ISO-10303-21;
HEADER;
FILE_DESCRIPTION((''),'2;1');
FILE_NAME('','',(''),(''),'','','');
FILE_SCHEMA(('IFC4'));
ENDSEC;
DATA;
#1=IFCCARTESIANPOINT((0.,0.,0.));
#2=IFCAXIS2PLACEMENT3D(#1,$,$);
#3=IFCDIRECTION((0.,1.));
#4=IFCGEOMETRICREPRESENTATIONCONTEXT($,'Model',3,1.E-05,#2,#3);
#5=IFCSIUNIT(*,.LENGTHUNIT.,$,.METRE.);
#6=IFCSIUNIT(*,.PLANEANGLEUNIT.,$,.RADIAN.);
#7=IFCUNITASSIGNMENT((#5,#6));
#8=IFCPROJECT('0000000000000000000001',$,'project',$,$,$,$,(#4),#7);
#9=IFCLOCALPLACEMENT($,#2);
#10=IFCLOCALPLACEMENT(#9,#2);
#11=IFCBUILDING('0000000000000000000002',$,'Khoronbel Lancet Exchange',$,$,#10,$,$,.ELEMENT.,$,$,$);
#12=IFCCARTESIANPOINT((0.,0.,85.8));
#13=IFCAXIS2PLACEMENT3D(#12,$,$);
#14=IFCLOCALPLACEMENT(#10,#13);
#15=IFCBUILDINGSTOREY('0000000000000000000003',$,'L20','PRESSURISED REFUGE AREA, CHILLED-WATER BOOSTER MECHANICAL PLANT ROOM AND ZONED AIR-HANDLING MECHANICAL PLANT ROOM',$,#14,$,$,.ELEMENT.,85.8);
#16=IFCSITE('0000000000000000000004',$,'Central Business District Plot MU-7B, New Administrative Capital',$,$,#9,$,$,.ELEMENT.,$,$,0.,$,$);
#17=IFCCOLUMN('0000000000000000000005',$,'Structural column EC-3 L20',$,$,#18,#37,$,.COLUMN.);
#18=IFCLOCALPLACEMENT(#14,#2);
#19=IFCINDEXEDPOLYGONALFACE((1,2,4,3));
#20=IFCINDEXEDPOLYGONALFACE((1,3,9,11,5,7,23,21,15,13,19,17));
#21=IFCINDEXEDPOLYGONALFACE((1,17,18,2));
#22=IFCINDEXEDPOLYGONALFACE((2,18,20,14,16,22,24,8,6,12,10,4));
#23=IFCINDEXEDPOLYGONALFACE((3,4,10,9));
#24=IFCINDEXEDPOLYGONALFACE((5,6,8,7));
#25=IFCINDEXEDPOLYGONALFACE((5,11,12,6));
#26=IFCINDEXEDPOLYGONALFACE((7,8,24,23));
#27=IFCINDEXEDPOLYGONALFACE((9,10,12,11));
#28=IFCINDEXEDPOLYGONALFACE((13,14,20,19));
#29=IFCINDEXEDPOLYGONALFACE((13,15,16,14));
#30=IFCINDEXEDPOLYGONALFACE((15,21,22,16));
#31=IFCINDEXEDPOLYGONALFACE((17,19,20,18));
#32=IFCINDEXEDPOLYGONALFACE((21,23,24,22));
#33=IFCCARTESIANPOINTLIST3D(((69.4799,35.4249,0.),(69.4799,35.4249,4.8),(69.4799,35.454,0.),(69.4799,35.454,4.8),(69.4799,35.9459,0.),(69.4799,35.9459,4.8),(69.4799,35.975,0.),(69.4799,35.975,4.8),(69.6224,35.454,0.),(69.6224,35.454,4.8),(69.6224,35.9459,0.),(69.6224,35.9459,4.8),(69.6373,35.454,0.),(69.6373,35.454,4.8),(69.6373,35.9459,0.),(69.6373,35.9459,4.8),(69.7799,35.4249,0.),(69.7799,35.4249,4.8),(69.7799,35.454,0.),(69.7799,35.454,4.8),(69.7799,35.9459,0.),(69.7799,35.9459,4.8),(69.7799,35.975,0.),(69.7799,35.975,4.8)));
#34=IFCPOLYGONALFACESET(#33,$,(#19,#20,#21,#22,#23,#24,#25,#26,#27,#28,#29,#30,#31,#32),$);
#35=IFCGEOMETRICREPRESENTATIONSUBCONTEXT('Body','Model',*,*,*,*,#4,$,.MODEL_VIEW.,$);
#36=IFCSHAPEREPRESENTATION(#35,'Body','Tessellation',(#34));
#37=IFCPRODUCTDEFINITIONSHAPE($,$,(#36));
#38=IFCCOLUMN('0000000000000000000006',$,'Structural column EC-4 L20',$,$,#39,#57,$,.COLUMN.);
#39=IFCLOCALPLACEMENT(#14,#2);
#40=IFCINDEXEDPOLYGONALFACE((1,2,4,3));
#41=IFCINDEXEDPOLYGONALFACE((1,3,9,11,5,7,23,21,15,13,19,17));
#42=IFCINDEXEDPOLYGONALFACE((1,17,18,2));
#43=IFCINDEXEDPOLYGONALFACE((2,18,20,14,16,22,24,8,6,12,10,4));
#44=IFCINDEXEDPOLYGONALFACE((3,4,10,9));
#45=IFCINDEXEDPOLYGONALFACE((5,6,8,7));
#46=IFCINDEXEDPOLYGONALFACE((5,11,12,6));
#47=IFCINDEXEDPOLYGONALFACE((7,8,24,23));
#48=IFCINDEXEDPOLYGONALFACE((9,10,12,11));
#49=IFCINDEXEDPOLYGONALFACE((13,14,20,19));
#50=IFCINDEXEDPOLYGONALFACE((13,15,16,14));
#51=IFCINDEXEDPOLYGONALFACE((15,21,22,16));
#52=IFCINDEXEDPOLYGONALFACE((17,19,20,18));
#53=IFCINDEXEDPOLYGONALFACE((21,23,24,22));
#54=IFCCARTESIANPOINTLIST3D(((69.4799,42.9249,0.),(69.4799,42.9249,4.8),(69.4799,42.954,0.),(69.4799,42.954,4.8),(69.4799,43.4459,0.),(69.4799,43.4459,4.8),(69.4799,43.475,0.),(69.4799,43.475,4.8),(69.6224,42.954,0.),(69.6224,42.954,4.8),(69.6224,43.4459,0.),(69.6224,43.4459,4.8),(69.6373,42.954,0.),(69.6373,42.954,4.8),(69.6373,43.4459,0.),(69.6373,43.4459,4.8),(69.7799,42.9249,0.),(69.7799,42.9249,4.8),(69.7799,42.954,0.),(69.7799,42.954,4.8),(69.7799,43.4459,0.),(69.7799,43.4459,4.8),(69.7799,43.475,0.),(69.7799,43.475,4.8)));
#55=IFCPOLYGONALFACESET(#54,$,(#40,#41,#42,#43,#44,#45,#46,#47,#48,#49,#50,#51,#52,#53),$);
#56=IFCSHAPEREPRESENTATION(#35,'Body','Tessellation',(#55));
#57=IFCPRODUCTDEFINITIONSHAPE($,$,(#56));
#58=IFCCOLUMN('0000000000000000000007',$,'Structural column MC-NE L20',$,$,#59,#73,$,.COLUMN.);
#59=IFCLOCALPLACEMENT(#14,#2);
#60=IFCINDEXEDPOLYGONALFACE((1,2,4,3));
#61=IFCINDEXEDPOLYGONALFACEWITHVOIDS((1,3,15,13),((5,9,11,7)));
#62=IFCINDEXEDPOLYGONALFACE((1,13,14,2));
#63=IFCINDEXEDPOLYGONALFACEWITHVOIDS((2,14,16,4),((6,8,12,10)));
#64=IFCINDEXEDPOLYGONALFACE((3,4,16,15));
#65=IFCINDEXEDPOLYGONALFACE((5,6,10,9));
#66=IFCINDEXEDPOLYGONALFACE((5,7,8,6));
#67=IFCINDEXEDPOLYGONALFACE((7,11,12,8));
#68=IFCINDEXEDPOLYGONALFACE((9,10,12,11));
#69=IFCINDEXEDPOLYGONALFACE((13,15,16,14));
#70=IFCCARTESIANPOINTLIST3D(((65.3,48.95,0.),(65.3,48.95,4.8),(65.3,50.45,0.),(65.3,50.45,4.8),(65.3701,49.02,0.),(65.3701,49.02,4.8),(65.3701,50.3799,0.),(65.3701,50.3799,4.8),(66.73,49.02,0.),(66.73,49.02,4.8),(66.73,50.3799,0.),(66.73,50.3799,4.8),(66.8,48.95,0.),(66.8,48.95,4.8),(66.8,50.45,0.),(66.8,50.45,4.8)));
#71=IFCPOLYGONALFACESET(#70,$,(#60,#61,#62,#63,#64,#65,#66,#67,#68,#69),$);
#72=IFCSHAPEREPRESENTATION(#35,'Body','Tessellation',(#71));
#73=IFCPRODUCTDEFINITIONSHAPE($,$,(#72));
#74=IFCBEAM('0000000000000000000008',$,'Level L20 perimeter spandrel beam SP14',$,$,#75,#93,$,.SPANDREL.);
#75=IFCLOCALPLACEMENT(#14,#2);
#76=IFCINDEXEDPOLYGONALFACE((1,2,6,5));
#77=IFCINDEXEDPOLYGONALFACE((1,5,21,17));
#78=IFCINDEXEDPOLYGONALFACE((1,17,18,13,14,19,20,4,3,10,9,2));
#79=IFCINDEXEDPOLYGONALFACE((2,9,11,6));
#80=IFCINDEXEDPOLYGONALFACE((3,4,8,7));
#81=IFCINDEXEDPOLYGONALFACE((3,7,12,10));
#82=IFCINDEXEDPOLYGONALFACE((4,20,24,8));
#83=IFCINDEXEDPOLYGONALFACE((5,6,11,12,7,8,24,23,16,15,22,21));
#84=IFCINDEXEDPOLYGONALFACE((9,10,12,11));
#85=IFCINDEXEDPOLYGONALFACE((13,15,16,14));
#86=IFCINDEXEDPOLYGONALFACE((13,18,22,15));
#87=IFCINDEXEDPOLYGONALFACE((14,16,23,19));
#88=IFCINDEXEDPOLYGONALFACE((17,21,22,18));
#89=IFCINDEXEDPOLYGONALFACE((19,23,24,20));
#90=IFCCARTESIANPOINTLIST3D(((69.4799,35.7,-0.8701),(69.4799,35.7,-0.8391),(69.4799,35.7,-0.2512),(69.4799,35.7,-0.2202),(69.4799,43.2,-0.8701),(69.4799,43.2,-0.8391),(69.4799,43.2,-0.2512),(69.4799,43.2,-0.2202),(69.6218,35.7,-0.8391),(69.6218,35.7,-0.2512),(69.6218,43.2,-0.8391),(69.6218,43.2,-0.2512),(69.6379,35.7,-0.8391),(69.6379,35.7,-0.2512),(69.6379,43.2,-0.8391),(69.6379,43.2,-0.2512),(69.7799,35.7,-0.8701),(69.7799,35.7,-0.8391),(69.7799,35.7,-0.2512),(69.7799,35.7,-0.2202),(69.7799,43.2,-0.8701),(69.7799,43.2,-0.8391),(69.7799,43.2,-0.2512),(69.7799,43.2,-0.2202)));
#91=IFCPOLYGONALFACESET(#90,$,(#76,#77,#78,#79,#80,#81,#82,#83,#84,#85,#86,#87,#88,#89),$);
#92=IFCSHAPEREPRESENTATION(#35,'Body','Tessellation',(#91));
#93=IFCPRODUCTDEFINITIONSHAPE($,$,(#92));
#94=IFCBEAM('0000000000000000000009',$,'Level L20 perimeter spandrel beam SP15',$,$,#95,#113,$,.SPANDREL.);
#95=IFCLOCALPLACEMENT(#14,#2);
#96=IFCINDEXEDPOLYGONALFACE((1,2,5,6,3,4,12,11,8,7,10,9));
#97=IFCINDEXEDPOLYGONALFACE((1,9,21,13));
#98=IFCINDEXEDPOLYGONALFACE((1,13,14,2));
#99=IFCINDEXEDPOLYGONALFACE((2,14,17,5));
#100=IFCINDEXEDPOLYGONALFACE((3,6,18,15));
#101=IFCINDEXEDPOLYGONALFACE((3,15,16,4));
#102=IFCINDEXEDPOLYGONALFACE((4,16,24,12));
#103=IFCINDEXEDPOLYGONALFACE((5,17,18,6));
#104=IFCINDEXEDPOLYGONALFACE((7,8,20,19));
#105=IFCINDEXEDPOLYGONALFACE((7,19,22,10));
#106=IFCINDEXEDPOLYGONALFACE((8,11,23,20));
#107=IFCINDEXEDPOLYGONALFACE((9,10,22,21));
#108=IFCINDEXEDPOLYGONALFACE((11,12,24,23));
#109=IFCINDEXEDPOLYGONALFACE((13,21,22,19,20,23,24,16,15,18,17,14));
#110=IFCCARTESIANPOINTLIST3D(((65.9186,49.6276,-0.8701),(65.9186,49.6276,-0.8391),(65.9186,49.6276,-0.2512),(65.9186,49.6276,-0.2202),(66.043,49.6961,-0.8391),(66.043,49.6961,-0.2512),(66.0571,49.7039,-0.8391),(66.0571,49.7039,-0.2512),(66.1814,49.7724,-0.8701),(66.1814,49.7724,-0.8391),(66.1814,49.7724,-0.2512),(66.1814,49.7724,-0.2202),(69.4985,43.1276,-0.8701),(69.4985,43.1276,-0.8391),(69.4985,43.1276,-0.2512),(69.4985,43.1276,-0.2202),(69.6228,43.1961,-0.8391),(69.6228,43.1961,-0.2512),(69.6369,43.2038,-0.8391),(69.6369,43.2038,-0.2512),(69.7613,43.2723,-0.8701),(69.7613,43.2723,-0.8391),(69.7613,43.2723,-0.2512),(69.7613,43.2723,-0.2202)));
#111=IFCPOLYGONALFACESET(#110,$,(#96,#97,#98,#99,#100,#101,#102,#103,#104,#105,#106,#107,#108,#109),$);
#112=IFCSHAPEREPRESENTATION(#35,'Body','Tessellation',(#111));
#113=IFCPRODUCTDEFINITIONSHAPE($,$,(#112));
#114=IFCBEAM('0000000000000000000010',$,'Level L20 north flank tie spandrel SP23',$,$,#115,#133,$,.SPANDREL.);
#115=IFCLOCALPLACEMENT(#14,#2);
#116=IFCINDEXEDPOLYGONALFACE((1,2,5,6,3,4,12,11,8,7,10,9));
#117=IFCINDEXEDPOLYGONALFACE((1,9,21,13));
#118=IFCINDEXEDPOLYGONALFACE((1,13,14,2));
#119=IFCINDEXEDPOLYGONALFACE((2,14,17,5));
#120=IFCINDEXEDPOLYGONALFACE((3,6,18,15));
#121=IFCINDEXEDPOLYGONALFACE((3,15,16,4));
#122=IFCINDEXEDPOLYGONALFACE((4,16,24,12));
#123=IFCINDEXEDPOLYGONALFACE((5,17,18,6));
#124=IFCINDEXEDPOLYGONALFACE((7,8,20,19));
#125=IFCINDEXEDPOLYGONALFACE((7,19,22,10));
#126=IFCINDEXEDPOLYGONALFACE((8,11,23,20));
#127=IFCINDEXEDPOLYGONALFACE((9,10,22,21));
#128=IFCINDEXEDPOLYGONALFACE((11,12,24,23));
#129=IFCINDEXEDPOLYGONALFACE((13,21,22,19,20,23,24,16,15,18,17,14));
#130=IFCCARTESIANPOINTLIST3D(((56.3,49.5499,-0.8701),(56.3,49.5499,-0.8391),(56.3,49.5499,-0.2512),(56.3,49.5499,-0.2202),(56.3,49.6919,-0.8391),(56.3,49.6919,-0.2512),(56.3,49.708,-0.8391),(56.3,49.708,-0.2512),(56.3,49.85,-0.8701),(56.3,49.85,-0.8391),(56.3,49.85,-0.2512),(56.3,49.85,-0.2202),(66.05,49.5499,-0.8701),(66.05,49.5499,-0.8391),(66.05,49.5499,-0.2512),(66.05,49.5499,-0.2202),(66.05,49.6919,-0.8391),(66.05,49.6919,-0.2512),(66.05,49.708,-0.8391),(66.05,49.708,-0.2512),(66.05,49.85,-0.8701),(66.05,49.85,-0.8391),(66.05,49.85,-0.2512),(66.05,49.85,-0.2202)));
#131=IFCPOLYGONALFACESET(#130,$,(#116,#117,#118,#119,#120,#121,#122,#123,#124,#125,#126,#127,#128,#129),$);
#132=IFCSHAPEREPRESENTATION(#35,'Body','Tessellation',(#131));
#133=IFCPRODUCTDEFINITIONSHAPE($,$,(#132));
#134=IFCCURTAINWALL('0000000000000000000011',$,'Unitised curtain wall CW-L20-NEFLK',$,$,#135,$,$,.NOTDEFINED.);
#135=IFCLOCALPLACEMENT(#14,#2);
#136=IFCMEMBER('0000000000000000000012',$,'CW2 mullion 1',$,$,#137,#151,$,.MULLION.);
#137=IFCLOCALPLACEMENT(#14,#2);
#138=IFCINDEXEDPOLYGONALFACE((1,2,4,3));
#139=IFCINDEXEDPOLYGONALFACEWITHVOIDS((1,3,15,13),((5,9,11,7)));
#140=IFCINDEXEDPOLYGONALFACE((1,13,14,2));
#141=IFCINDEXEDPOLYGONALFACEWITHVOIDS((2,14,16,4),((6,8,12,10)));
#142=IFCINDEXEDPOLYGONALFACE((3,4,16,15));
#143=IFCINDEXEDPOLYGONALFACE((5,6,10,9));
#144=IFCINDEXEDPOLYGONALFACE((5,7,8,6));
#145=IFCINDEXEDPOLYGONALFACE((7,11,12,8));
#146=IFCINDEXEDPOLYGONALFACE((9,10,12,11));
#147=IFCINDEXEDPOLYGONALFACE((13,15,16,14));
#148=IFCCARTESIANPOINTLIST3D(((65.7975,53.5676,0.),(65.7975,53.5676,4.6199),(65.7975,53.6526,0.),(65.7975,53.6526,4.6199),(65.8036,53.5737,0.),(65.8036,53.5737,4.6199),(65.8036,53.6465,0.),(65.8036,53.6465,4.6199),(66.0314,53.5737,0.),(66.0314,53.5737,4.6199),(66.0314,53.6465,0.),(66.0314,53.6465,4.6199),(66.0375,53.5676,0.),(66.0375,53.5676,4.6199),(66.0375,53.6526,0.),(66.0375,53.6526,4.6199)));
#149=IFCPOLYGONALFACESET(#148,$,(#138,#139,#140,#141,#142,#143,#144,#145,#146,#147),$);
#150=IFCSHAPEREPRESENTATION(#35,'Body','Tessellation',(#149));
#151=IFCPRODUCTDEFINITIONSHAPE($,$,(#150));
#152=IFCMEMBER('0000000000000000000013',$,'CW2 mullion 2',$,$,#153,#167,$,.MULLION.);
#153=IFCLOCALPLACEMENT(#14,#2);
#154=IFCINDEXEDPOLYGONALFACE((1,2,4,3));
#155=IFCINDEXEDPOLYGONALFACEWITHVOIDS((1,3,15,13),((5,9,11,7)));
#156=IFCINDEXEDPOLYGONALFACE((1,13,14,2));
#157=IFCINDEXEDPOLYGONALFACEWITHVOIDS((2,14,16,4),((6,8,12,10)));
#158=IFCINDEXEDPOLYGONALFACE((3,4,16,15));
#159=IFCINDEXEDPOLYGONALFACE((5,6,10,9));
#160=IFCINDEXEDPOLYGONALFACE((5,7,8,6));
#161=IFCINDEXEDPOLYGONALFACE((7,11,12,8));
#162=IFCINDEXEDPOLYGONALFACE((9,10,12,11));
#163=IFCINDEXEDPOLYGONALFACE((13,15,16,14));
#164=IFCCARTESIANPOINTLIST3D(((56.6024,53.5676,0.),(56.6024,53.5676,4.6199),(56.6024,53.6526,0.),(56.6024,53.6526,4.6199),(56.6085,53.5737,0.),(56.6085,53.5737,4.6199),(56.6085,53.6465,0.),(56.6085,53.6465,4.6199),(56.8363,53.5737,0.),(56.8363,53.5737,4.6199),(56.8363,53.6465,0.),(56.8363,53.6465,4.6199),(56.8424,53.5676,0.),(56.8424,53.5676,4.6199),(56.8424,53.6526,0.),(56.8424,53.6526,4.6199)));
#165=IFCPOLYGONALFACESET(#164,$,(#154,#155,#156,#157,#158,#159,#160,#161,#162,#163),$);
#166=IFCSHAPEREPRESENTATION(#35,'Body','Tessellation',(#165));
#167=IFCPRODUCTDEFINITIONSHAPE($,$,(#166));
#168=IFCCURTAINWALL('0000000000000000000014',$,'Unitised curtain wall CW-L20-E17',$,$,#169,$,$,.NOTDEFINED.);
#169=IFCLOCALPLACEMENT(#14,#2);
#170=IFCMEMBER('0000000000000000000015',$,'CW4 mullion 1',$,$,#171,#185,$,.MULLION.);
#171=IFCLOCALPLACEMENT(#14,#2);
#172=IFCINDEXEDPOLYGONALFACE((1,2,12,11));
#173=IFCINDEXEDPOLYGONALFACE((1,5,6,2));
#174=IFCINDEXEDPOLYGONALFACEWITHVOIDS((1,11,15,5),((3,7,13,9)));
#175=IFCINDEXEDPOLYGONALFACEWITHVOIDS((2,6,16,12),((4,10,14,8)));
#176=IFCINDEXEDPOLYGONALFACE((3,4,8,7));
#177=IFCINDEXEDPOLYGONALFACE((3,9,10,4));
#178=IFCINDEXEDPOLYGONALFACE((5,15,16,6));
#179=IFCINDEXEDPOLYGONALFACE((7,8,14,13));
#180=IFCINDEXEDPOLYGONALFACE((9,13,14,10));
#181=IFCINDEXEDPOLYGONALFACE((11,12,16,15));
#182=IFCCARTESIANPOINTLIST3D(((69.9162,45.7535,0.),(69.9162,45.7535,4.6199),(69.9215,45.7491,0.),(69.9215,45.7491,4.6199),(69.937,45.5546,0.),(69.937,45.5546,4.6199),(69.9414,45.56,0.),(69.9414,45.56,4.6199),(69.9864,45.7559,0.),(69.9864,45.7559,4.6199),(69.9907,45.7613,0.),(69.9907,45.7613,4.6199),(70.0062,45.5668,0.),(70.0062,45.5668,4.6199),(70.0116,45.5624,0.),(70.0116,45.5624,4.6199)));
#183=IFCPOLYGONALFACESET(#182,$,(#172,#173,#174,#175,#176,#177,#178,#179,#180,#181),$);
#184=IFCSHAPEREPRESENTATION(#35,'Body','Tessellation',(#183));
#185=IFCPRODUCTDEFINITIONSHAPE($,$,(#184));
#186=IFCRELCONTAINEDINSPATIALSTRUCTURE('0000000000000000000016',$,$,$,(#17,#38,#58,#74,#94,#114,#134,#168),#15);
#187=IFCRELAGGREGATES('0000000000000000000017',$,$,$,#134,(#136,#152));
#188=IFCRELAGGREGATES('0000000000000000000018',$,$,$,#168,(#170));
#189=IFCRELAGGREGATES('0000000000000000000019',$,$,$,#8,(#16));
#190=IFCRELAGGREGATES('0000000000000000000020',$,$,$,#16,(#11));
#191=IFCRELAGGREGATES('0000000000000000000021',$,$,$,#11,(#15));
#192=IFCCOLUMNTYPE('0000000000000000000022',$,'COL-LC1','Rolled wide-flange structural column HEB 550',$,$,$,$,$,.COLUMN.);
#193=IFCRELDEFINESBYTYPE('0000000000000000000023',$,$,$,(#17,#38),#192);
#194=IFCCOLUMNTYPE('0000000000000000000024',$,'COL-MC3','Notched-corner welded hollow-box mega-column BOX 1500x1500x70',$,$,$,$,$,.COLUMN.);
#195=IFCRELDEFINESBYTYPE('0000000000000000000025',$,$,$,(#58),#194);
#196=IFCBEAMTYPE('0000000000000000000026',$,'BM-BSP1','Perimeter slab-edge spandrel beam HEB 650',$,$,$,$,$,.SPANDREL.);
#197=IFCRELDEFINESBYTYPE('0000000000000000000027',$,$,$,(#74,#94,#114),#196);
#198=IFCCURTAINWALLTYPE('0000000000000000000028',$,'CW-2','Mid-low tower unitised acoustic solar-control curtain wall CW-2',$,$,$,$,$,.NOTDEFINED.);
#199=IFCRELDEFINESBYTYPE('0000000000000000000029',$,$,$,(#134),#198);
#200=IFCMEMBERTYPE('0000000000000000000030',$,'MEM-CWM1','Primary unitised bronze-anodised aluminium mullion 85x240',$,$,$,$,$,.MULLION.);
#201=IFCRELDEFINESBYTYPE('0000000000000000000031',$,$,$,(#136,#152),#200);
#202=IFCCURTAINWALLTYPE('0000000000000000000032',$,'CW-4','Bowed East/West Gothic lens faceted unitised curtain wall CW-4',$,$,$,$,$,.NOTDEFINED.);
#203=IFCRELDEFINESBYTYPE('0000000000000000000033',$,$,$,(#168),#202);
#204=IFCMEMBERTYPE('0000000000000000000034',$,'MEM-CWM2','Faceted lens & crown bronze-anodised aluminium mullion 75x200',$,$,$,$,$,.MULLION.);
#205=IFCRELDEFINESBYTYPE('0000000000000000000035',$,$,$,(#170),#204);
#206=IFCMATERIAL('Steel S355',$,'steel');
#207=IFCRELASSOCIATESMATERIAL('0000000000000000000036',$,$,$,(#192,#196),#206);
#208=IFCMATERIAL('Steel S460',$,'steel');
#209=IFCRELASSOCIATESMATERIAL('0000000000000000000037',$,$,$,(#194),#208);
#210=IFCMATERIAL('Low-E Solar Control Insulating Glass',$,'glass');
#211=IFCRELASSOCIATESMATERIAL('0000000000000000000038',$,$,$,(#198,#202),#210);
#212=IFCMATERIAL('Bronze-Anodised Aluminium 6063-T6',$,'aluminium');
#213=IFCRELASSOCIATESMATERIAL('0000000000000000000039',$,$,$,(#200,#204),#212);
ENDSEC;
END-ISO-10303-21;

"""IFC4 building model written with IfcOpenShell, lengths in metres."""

from ifc_helpers import new_model, si_unit, direction, frame, origin, origin_2d, place, context, subcontext, project, spatial, hollow_rectangle, i_section, extrude, material, material_profile, profile_set, type_object, element, aggregate, save


model = new_model("IFC4")

# Units and contexts
model_context = context("Model", 3, precision=1e-05, world=origin(), true_north=direction((0.0, 1.0)))
body_context = subcontext(model_context, "Body", "Model", "MODEL_VIEW")
ifc_project = project(units=[si_unit("LENGTHUNIT", "METRE"), si_unit("PLANEANGLEUNIT", "RADIAN")], contexts=[model_context])

# Site, building, storey
site_placement = place(None, origin())
site = spatial("IfcSite", under=ifc_project, at=site_placement, Name="Central Business District Plot MU-7B, New Administrative Capital", CompositionType="ELEMENT", RefElevation=0.0)
building_placement = place(site_placement, origin())
building = spatial("IfcBuilding", under=site, at=building_placement, Name="Khoronbel Lancet Exchange", CompositionType="ELEMENT")
storey_placement = place(building_placement, frame((0.0, 0.0, 85.8)))
storey = spatial("IfcBuildingStorey", under=building, at=storey_placement, Name="L20", Description="PRESSURISED REFUGE AREA, CHILLED-WATER BOOSTER MECHANICAL PLANT ROOM AND ZONED AIR-HANDLING MECHANICAL PLANT ROOM", CompositionType="ELEMENT", Elevation=85.8)

# Columns
ifc_material_1 = material(Name="Steel S355", Category="steel")
ifc_material_profile_1 = material_profile(ifc_material_1, i_section(OverallWidth=0.3, OverallDepth=0.55, WebThickness=0.0149, FlangeThickness=0.0291, at=origin_2d()), Name="HEB 550")
ifc_profile_set_1 = profile_set([ifc_material_profile_1], Name="Steel S355")
column_type_1 = type_object("IfcColumnType", Name="COL-LC1", Description="Rolled wide-flange structural column HEB 550", PredefinedType="COLUMN", material=ifc_profile_set_1)
for number, where, z_axis, x_axis, name in (
    (1, (69.6299, 35.7, 0.0), (0.0, 0.0, 1.0), (1.0, 0.0, 0.0), "Structural column EC-3 L20"),
    (2, (69.6299, 43.2, 0.0), (0.0, 0.0, 1.0), (1.0, 0.0, 0.0), "Structural column EC-4 L20"),
):
    element("IfcColumn", number, at=place(storey_placement, frame(where, z_axis=z_axis, x_axis=x_axis)), inside=storey, type_object=column_type_1, Name=name, PredefinedType="COLUMN", context=body_context, shape_type="SweptSolid", body=[
        extrude(i_section(OverallWidth=0.3, OverallDepth=0.55, WebThickness=0.0149, FlangeThickness=0.0291, at=origin_2d()), origin(), (0.0, 0.0, 1.0), 4.8),
    ])
ifc_material_2 = material(Name="Steel S460", Category="steel")
ifc_material_profile_2 = material_profile(ifc_material_2, hollow_rectangle(XDim=1.5, YDim=1.5, WallThickness=0.0701, at=origin_2d()), Name="BOX 1500x1500x70")
ifc_profile_set_2 = profile_set([ifc_material_profile_2], Name="Steel S460")
column_type_2 = type_object("IfcColumnType", Name="COL-MC3", Description="Notched-corner welded hollow-box mega-column BOX 1500x1500x70", PredefinedType="COLUMN", material=ifc_profile_set_2)
column_placement = place(storey_placement, frame((66.05, 49.7, 0.0), z_axis=(0.0, 0.0, 1.0), x_axis=(1.0, 0.0, 0.0)))
element("IfcColumn", 3, at=column_placement, inside=storey, type_object=column_type_2, Name="Structural column MC-NE L20", PredefinedType="COLUMN", context=body_context, shape_type="SweptSolid", body=[
    extrude(hollow_rectangle(XDim=1.5, YDim=1.5, WallThickness=0.0701, at=origin_2d()), origin(), (0.0, 0.0, 1.0), 4.8),
])

# Beams
ifc_material_profile_3 = material_profile(ifc_material_1, i_section(OverallWidth=0.3, OverallDepth=0.6499, WebThickness=0.0161, FlangeThickness=0.031, at=origin_2d()), Name="HEB 650")
ifc_profile_set_3 = profile_set([ifc_material_profile_3], Name="Steel S355")
beam_type = type_object("IfcBeamType", Name="BM-BSP1", Description="Perimeter slab-edge spandrel beam HEB 650", PredefinedType="SPANDREL", material=ifc_profile_set_3)
beam_1_placement = place(storey_placement, frame((69.6299, 35.7, -0.5452), z_axis=(0.0, 1.0, 0.0), x_axis=(-1.0, 0.0, 0.0)))
element("IfcBeam", 4, at=beam_1_placement, inside=storey, type_object=beam_type, Name="Level L20 perimeter spandrel beam SP14", PredefinedType="SPANDREL", context=body_context, shape_type="SweptSolid", body=[
    extrude(i_section(OverallWidth=0.3, OverallDepth=0.6499, WebThickness=0.0161, FlangeThickness=0.031, at=origin_2d()), origin(), (0.0, 0.0, 1.0), 7.5),
])
beam_2_placement = place(storey_placement, frame((69.6299, 43.2, -0.5452), z_axis=(-0.482419, 0.875941, 0.0), x_axis=(-0.875941, -0.482419, 0.0)))
element("IfcBeam", 5, at=beam_2_placement, inside=storey, type_object=beam_type, Name="Level L20 perimeter spandrel beam SP15", PredefinedType="SPANDREL", context=body_context, shape_type="SweptSolid", body=[
    extrude(i_section(OverallWidth=0.3, OverallDepth=0.6499, WebThickness=0.0161, FlangeThickness=0.031, at=origin_2d()), origin(), (0.0, 0.0, 1.0), 7.4207),
])
beam_3_placement = place(storey_placement, frame((66.05, 49.7, -0.5452), z_axis=(-1.0, 0.0, 0.0), x_axis=(0.0, -1.0, 0.0)))
element("IfcBeam", 6, at=beam_3_placement, inside=storey, type_object=beam_type, Name="Level L20 north flank tie spandrel SP23", PredefinedType="SPANDREL", context=body_context, shape_type="SweptSolid", body=[
    extrude(i_section(OverallWidth=0.3, OverallDepth=0.6499, WebThickness=0.0161, FlangeThickness=0.031, at=origin_2d()), origin(), (0.0, 0.0, 1.0), 9.75),
])

# Curtain walls, members
ifc_material_3 = material(Name="Low-E Solar Control Insulating Glass", Category="glass")
curtain_wall_type_1 = type_object("IfcCurtainWallType", Name="CW-2", Description="Mid-low tower unitised acoustic solar-control curtain wall CW-2", PredefinedType="NOTDEFINED", material=ifc_material_3)
curtain_wall_1_placement = place(storey_placement, origin())
curtain_wall_1 = element("IfcCurtainWall", 7, at=curtain_wall_1_placement, inside=storey, type_object=curtain_wall_type_1, Name="Unitised curtain wall CW-L20-NEFLK", PredefinedType="NOTDEFINED")
ifc_material_4 = material(Name="Bronze-Anodised Aluminium 6063-T6", Category="aluminium")
ifc_material_profile_4 = material_profile(ifc_material_4, hollow_rectangle(XDim=0.085, YDim=0.24, WallThickness=0.0061, at=origin_2d()), Name="ALU MULLION 85x240")
ifc_profile_set_4 = profile_set([ifc_material_profile_4], Name="Bronze-Anodised Aluminium 6063-T6")
member_type_1 = type_object("IfcMemberType", Name="MEM-CWM1", Description="Primary unitised bronze-anodised aluminium mullion 85x240", PredefinedType="MULLION", material=ifc_profile_set_4)
member_1_placement = place(storey_placement, frame((65.9175, 53.6101, 0.0), z_axis=(0.0, 0.0, 1.0), x_axis=(0.0, -1.0, 0.0)))
member_1 = element("IfcMember", 8, at=member_1_placement, type_object=member_type_1, Name="CW2 mullion 1", PredefinedType="MULLION", context=body_context, shape_type="SweptSolid", body=[
    extrude(hollow_rectangle(XDim=0.085, YDim=0.24, WallThickness=0.0061, at=origin_2d()), origin(), (0.0, 0.0, 1.0), 4.6199),
])
member_2_placement = place(storey_placement, frame((56.7224, 53.6101, 0.0), z_axis=(0.0, 0.0, 1.0), x_axis=(0.0, -1.0, 0.0)))
member_2 = element("IfcMember", 9, at=member_2_placement, type_object=member_type_1, Name="CW2 mullion 2", PredefinedType="MULLION", context=body_context, shape_type="SweptSolid", body=[
    extrude(hollow_rectangle(XDim=0.085, YDim=0.24, WallThickness=0.0061, at=origin_2d()), origin(), (0.0, 0.0, 1.0), 4.6199),
])
curtain_wall_type_2 = type_object("IfcCurtainWallType", Name="CW-4", Description="Bowed East/West Gothic lens faceted unitised curtain wall CW-4", PredefinedType="NOTDEFINED", material=ifc_material_3)
curtain_wall_2_placement = place(storey_placement, origin())
curtain_wall_2 = element("IfcCurtainWall", 10, at=curtain_wall_2_placement, inside=storey, type_object=curtain_wall_type_2, Name="Unitised curtain wall CW-L20-E17", PredefinedType="NOTDEFINED")
ifc_material_profile_5 = material_profile(ifc_material_4, hollow_rectangle(XDim=0.075, YDim=0.2, WallThickness=0.0049, at=origin_2d()), Name="ALU MULLION 75x200")
ifc_profile_set_5 = profile_set([ifc_material_profile_5], Name="Bronze-Anodised Aluminium 6063-T6")
member_type_2 = type_object("IfcMemberType", Name="MEM-CWM2", Description="Faceted lens & crown bronze-anodised aluminium mullion 75x200", PredefinedType="MULLION", material=ifc_profile_set_5)
member_3_placement = place(storey_placement, frame((69.9639, 45.658, 0.0), z_axis=(0.0, 0.0, 1.0), x_axis=(0.994532, 0.104434, 0.0)))
member_3 = element("IfcMember", 11, at=member_3_placement, type_object=member_type_2, Name="CW4 mullion 1", PredefinedType="MULLION", context=body_context, shape_type="SweptSolid", body=[
    extrude(hollow_rectangle(XDim=0.075, YDim=0.2, WallThickness=0.0049, at=origin_2d()), origin(), (0.0, 0.0, 1.0), 4.6199),
])

aggregate(curtain_wall_1, [member_1, member_2])
aggregate(curtain_wall_2, [member_3])

save(model, "model.ifc")
